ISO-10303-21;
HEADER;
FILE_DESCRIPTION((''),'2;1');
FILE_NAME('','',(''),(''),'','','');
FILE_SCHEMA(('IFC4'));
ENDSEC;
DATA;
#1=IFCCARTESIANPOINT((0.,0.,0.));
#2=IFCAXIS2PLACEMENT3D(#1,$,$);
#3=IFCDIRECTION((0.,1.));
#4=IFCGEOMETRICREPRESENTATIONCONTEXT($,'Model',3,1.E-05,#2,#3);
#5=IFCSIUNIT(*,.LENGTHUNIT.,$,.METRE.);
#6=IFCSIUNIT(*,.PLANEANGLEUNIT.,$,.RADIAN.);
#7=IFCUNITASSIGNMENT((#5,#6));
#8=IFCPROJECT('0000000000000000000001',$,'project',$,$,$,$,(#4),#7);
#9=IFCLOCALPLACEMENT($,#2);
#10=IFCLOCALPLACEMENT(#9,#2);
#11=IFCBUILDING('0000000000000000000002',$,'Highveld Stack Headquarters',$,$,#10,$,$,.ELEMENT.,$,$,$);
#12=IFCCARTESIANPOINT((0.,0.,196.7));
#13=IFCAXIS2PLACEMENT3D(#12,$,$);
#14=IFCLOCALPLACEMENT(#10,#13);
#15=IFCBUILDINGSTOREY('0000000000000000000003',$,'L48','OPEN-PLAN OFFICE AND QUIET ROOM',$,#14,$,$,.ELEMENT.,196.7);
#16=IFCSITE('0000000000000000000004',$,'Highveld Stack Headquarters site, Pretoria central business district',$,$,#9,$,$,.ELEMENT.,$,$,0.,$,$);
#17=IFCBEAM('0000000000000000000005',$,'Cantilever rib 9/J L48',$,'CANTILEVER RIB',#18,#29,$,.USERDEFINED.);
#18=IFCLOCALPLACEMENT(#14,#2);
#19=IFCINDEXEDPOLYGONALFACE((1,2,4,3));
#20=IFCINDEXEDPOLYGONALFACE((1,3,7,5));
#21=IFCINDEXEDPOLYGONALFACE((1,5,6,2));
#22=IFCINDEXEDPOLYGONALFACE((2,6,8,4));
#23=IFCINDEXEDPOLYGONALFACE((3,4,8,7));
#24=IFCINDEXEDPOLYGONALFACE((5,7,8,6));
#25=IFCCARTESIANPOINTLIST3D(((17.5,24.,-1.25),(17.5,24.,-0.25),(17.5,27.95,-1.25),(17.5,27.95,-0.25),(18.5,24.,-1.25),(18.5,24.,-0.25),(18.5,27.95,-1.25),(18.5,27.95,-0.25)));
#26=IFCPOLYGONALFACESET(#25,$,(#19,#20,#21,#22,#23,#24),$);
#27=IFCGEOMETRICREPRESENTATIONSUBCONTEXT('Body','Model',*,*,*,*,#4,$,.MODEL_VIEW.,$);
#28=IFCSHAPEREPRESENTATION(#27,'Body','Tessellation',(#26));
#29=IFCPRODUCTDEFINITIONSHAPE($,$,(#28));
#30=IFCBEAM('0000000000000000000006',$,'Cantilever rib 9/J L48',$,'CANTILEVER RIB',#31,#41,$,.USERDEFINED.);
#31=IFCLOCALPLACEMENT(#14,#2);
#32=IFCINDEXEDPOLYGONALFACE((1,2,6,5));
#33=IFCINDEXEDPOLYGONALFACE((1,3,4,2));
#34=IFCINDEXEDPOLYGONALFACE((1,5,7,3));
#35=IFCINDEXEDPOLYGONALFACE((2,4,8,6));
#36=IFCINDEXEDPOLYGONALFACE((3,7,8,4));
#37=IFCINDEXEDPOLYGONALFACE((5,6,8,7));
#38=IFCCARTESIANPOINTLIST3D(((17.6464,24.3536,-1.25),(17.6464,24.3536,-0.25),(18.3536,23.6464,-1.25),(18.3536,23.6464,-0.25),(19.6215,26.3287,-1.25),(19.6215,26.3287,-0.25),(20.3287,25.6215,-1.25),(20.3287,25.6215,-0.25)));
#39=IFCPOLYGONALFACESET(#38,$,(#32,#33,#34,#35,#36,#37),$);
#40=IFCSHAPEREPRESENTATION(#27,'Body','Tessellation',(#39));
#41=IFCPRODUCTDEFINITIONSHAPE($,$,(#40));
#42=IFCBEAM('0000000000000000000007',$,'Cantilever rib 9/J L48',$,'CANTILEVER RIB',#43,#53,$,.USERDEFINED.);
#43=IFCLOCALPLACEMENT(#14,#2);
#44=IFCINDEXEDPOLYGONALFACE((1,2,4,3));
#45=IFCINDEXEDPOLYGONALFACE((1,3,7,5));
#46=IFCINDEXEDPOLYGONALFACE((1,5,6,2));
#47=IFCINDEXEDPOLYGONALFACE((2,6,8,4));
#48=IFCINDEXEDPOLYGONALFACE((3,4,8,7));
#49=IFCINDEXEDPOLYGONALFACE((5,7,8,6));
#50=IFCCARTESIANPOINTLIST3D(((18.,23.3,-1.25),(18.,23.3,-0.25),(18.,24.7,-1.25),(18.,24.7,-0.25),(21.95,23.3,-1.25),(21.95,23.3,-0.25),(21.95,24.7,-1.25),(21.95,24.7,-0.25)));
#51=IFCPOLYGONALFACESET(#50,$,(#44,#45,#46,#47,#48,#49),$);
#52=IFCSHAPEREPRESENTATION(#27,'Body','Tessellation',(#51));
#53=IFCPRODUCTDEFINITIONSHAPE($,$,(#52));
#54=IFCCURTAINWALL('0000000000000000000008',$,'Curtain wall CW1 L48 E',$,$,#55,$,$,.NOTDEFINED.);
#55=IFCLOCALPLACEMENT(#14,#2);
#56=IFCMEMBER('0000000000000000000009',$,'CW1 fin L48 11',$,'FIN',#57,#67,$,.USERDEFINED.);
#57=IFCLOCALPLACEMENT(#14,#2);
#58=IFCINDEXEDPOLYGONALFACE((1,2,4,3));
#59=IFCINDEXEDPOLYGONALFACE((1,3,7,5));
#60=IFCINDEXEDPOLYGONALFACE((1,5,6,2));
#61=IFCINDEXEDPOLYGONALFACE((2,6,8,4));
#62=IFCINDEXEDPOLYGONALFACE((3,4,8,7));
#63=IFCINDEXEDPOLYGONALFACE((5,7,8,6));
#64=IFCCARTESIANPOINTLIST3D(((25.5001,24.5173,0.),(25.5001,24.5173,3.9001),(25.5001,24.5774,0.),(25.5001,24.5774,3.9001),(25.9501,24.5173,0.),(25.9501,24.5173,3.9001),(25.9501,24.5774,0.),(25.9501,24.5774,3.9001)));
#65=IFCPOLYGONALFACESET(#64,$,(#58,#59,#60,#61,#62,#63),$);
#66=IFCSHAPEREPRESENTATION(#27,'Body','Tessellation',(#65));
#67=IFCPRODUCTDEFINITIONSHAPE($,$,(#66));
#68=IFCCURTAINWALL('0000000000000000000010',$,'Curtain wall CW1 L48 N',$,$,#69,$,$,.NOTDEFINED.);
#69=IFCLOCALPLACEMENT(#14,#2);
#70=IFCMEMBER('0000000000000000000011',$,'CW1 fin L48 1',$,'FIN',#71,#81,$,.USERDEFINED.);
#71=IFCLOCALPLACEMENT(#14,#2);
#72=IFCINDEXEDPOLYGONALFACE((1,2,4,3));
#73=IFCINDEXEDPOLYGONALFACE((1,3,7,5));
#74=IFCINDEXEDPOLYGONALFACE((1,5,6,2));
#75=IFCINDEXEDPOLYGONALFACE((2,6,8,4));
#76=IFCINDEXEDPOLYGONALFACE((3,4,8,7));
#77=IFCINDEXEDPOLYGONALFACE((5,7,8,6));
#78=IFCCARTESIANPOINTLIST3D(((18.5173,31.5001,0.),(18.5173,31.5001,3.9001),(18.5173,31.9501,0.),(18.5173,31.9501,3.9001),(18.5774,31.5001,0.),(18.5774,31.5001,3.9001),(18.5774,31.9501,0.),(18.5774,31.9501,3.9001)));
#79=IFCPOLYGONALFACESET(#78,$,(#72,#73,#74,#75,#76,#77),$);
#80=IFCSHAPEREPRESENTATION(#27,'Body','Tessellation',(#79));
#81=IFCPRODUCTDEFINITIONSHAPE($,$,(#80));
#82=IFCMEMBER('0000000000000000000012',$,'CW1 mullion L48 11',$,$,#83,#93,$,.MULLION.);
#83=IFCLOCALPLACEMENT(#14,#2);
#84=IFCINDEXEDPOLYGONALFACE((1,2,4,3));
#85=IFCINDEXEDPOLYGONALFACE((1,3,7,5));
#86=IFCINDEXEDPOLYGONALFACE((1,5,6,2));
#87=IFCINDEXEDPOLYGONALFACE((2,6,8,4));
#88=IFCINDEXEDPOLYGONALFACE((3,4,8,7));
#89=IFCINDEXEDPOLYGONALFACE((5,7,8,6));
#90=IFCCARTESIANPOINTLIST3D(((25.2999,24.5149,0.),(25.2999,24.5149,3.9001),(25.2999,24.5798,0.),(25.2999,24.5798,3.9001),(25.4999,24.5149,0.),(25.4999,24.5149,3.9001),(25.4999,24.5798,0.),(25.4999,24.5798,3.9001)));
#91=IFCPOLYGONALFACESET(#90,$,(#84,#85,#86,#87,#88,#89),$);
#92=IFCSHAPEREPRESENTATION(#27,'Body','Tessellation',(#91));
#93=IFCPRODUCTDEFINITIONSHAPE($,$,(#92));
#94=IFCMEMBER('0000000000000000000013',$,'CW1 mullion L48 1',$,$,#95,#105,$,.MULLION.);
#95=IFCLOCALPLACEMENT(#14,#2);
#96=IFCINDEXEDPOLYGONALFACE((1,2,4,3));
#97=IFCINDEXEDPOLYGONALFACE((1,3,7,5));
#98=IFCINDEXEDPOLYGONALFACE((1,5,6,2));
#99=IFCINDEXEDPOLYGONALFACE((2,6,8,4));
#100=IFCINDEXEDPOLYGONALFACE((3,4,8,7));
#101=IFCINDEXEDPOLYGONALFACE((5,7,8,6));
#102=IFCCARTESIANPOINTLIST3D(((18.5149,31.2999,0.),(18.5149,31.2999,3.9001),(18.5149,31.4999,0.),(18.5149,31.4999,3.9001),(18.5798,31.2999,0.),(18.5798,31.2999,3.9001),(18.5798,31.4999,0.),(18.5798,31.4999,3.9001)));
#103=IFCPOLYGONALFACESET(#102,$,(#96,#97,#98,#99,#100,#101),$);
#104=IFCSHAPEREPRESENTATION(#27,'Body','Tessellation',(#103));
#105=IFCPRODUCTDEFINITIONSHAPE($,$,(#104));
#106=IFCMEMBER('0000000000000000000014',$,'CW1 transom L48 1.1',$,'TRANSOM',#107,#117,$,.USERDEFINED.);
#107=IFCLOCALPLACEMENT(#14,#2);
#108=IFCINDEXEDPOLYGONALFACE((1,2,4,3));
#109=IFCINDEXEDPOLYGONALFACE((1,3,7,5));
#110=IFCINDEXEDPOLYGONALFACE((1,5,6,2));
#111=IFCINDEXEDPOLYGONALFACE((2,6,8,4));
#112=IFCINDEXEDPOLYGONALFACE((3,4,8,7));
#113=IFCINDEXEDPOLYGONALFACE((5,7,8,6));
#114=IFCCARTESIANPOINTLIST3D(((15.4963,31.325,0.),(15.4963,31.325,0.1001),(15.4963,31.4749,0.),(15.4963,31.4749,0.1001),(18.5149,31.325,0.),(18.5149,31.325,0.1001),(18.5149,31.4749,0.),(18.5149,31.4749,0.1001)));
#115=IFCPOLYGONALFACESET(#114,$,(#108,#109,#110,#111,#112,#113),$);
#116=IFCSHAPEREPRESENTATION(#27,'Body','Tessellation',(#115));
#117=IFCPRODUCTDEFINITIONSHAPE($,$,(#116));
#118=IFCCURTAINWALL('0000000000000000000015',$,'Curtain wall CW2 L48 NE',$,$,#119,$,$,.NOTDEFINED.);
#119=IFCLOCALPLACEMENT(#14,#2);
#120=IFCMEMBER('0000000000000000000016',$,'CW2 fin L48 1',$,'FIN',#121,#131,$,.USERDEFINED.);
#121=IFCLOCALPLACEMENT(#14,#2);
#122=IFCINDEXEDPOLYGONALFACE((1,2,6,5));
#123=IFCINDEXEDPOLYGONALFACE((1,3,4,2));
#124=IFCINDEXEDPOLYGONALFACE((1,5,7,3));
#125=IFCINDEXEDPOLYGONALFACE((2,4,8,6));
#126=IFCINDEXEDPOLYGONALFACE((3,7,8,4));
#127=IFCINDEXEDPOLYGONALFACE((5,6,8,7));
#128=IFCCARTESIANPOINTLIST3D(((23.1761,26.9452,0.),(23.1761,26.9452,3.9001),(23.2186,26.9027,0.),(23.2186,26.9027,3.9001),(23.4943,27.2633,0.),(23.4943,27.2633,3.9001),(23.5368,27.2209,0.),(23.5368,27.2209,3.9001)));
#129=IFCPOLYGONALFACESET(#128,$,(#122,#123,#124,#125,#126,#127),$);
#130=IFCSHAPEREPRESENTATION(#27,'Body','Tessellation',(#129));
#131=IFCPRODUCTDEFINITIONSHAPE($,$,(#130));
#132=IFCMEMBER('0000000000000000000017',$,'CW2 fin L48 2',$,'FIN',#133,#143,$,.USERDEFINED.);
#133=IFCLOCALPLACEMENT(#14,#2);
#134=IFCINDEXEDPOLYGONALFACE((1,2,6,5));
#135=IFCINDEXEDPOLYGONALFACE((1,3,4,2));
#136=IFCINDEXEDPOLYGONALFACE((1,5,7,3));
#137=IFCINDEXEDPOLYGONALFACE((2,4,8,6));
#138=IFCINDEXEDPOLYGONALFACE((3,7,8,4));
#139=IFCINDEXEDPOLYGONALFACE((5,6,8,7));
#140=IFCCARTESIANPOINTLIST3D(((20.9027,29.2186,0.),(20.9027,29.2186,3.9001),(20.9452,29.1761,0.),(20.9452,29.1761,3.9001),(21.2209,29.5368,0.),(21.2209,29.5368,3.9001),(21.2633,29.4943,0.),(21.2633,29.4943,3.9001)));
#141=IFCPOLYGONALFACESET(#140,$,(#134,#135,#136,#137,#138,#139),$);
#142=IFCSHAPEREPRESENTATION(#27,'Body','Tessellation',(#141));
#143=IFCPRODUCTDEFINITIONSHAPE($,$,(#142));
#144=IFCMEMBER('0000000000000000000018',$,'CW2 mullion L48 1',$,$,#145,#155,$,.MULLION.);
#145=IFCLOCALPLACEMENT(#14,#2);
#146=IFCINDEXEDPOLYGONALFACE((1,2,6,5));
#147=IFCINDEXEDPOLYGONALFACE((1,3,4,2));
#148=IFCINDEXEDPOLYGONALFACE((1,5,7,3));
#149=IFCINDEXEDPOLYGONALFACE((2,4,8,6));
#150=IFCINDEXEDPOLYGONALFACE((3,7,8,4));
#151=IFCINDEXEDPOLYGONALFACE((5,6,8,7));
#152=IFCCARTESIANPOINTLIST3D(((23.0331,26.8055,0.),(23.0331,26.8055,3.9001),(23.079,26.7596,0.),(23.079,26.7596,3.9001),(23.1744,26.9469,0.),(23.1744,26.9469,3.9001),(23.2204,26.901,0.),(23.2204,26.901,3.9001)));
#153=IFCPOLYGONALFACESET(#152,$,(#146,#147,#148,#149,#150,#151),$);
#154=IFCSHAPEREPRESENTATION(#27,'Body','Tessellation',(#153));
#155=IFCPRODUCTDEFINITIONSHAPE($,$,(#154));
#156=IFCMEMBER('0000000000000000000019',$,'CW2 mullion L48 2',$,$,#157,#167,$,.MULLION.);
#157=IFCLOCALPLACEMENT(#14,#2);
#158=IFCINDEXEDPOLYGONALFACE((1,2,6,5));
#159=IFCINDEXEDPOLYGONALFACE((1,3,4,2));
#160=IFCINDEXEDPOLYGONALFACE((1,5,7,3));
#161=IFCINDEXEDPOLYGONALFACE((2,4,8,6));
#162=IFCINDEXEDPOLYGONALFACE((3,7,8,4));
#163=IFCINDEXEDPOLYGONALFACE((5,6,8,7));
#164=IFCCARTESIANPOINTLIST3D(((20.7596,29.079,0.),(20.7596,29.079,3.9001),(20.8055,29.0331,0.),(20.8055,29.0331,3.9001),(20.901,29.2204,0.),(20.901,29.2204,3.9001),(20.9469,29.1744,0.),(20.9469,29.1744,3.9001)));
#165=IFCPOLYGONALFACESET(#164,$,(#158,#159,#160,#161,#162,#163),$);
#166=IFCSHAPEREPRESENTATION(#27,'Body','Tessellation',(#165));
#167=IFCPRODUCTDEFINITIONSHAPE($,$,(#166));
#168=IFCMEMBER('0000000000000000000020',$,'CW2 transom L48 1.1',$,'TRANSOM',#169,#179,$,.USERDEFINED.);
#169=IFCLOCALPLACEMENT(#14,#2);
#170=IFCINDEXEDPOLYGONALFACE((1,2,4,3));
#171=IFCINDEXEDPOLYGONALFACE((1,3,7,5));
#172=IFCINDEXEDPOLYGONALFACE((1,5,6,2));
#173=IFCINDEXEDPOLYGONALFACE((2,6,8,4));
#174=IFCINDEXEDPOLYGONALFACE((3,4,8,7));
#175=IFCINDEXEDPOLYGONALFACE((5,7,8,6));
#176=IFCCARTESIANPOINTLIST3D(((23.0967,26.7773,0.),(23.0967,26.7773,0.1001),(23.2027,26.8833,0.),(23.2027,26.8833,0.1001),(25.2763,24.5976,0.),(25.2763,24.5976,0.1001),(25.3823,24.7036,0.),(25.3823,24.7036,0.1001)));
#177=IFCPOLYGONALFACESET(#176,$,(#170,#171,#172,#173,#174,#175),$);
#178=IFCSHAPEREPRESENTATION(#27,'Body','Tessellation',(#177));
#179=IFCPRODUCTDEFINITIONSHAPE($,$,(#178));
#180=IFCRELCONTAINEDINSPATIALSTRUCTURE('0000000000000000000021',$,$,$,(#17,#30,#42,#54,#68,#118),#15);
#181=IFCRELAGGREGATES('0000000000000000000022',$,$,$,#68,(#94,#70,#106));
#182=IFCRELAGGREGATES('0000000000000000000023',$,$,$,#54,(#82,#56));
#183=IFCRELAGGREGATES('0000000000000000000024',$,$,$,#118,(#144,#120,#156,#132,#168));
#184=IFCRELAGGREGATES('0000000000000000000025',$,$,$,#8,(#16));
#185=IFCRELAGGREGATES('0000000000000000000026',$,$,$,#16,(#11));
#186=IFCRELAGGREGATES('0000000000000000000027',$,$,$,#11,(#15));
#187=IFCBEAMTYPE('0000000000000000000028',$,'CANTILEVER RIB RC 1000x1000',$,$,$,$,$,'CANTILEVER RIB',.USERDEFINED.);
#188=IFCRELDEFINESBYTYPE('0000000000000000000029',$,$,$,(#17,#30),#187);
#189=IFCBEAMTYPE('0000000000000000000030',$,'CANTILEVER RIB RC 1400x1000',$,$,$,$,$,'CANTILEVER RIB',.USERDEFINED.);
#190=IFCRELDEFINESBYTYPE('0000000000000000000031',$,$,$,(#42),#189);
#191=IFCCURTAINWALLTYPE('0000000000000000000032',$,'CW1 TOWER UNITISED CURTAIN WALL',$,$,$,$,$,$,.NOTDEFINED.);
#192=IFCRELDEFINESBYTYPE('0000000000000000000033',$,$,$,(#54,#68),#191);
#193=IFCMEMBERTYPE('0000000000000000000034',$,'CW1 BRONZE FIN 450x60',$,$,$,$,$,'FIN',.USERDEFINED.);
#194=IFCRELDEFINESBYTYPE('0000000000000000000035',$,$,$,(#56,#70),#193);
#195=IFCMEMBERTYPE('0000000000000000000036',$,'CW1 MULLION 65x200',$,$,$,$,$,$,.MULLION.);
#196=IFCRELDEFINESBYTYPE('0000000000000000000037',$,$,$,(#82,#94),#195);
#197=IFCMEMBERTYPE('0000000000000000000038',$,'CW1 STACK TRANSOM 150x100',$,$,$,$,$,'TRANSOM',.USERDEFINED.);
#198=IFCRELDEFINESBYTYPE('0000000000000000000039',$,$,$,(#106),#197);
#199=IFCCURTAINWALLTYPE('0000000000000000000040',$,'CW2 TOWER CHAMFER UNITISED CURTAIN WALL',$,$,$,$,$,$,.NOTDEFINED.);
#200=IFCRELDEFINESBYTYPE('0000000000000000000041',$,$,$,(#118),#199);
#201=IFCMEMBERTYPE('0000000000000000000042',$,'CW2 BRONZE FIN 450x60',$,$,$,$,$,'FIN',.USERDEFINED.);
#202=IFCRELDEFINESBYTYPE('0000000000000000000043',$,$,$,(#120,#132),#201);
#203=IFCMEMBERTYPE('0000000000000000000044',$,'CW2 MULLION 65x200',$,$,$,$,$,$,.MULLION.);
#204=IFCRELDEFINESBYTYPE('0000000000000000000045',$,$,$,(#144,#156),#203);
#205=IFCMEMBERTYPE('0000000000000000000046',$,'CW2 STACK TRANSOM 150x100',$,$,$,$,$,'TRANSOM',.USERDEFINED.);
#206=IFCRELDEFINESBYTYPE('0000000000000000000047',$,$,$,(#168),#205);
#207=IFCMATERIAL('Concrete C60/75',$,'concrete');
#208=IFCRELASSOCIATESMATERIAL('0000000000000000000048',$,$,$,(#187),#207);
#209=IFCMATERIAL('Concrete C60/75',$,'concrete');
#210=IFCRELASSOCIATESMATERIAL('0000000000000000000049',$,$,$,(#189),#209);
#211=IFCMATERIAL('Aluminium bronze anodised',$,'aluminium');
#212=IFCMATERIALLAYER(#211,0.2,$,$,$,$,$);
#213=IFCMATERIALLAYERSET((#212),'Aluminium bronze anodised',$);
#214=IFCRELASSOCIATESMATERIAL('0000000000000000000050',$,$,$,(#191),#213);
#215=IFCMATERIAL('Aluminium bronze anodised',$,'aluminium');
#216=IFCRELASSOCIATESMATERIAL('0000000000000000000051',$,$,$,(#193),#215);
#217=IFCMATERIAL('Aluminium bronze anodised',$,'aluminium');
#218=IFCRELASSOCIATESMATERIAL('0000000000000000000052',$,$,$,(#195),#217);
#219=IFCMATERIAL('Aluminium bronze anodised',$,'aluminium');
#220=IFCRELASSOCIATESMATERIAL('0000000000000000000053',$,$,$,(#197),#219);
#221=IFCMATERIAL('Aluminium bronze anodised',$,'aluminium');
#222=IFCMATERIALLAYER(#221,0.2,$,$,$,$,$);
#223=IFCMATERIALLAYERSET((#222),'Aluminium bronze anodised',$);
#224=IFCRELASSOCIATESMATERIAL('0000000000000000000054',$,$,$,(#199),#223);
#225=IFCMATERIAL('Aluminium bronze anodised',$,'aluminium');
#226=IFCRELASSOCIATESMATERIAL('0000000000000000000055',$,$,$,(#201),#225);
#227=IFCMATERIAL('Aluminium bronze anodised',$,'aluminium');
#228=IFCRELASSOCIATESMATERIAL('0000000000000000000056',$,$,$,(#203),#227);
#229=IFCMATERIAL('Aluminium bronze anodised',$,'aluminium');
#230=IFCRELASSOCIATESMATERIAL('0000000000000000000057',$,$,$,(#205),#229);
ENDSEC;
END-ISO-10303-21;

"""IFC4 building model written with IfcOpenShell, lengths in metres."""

from ifc_helpers import new_model, si_unit, direction, frame, origin, origin_2d, place, context, subcontext, project, spatial, rectangle, extrude, material, layer, layer_set, material_profile, profile_set, type_object, element, aggregate, save


model = new_model("IFC4")

# Units and contexts
model_context = context("Model", 3, precision=1e-05, world=origin(), true_north=direction((0.0, 1.0)))
body_context = subcontext(model_context, "Body", "Model", "MODEL_VIEW")
ifc_project = project(units=[si_unit("LENGTHUNIT", "METRE"), si_unit("PLANEANGLEUNIT", "RADIAN")], contexts=[model_context])

# Site, building, storey
site_placement = place(None, origin())
site = spatial("IfcSite", under=ifc_project, at=site_placement, Name="Highveld Stack Headquarters site, Pretoria central business district", CompositionType="ELEMENT", RefElevation=0.0)
building_placement = place(site_placement, origin())
building = spatial("IfcBuilding", under=site, at=building_placement, Name="Highveld Stack Headquarters", CompositionType="ELEMENT")
storey_placement = place(building_placement, frame((0.0, 0.0, 196.7)))
storey = spatial("IfcBuildingStorey", under=building, at=storey_placement, Name="L48", Description="OPEN-PLAN OFFICE AND QUIET ROOM", CompositionType="ELEMENT", Elevation=196.7)

# Beams
ifc_material_1 = material(Name="Concrete C60/75", Category="concrete")
ifc_material_profile_1 = material_profile(ifc_material_1, rectangle(XDim=1.0, YDim=1.0, at=origin_2d()), Name="RC 1000x1000")
ifc_profile_set_1 = profile_set([ifc_material_profile_1], Name="Concrete C60/75")
beam_type_1 = type_object("IfcBeamType", Name="CANTILEVER RIB RC 1000x1000", ElementType="CANTILEVER RIB", PredefinedType="USERDEFINED", material=ifc_profile_set_1)
beam_1_placement = place(storey_placement, frame((18.0, 24.0, -0.75), z_axis=(0.0, 1.0, 0.0), x_axis=(-1.0, 0.0, 0.0)))
element("IfcBeam", 1, at=beam_1_placement, inside=storey, type_object=beam_type_1, Name="Cantilever rib 9/J L48", ObjectType="CANTILEVER RIB", PredefinedType="USERDEFINED", context=body_context, shape_type="SweptSolid", body=[
    extrude(rectangle(XDim=1.0, YDim=1.0, at=origin_2d()), origin(), (0.0, 0.0, 1.0), 3.95),
])
beam_2_placement = place(storey_placement, frame((18.0, 24.0, -0.75), z_axis=(0.707107, 0.707107, 0.0), x_axis=(-0.707107, 0.707107, 0.0)))
element("IfcBeam", 2, at=beam_2_placement, inside=storey, type_object=beam_type_1, Name="Cantilever rib 9/J L48", ObjectType="CANTILEVER RIB", PredefinedType="USERDEFINED", context=body_context, shape_type="SweptSolid", body=[
    extrude(rectangle(XDim=1.0, YDim=1.0, at=origin_2d()), origin(), (0.0, 0.0, 1.0), 2.7932),
])
ifc_material_2 = material(Name="Concrete C60/75", Category="concrete")
ifc_material_profile_2 = material_profile(ifc_material_2, rectangle(XDim=1.3999, YDim=1.0, at=origin_2d()), Name="RC 1400x1000")
ifc_profile_set_2 = profile_set([ifc_material_profile_2], Name="Concrete C60/75")
beam_type_2 = type_object("IfcBeamType", Name="CANTILEVER RIB RC 1400x1000", ElementType="CANTILEVER RIB", PredefinedType="USERDEFINED", material=ifc_profile_set_2)
beam_3_placement = place(storey_placement, frame((18.0, 24.0, -0.75), z_axis=(1.0, 0.0, 0.0), x_axis=(0.0, 1.0, 0.0)))
element("IfcBeam", 3, at=beam_3_placement, inside=storey, type_object=beam_type_2, Name="Cantilever rib 9/J L48", ObjectType="CANTILEVER RIB", PredefinedType="USERDEFINED", context=body_context, shape_type="SweptSolid", body=[
    extrude(rectangle(XDim=1.3999, YDim=1.0, at=origin_2d()), origin(), (0.0, 0.0, 1.0), 3.95),
])

# Curtain walls, members
ifc_material_3 = material(Name="Aluminium bronze anodised", Category="aluminium")
ifc_layer_1 = layer(ifc_material_3, 0.2)
ifc_layer_set_1 = layer_set([ifc_layer_1], Name="Aluminium bronze anodised")
curtain_wall_type_1 = type_object("IfcCurtainWallType", Name="CW1 TOWER UNITISED CURTAIN WALL", PredefinedType="NOTDEFINED", material=ifc_layer_set_1)
curtain_wall_1_placement = place(storey_placement, origin())
curtain_wall_1 = element("IfcCurtainWall", 4, at=curtain_wall_1_placement, inside=storey, type_object=curtain_wall_type_1, Name="Curtain wall CW1 L48 E", PredefinedType="NOTDEFINED")
ifc_material_4 = material(Name="Aluminium bronze anodised", Category="aluminium")
ifc_material_profile_3 = material_profile(ifc_material_4, rectangle(XDim=0.45, YDim=0.0601, at=origin_2d()), Name="FIN 450x60")
ifc_profile_set_3 = profile_set([ifc_material_profile_3], Name="Aluminium bronze anodised")
member_type_1 = type_object("IfcMemberType", Name="CW1 BRONZE FIN 450x60", ElementType="FIN", PredefinedType="USERDEFINED", material=ifc_profile_set_3)
member_1_placement = place(storey_placement, frame((25.7251, 24.5474, 0.0), z_axis=(0.0, 0.0, 1.0), x_axis=(-1.0, 0.0, 0.0)))
member_1 = element("IfcMember", 5, at=member_1_placement, type_object=member_type_1, Name="CW1 fin L48 11", ObjectType="FIN", PredefinedType="USERDEFINED", context=body_context, shape_type="SweptSolid", body=[
    extrude(rectangle(XDim=0.45, YDim=0.0601, at=origin_2d()), origin(), (0.0, 0.0, 1.0), 3.9001),
])
curtain_wall_2_placement = place(storey_placement, origin())
curtain_wall_2 = element("IfcCurtainWall", 6, at=curtain_wall_2_placement, inside=storey, type_object=curtain_wall_type_1, Name="Curtain wall CW1 L48 N", PredefinedType="NOTDEFINED")
member_2_placement = place(storey_placement, frame((18.5474, 31.7251, 0.0), z_axis=(0.0, 0.0, 1.0), x_axis=(0.0, -1.0, 0.0)))
member_2 = element("IfcMember", 7, at=member_2_placement, type_object=member_type_1, Name="CW1 fin L48 1", ObjectType="FIN", PredefinedType="USERDEFINED", context=body_context, shape_type="SweptSolid", body=[
    extrude(rectangle(XDim=0.45, YDim=0.0601, at=origin_2d()), origin(), (0.0, 0.0, 1.0), 3.9001),
])

# Members
ifc_material_5 = material(Name="Aluminium bronze anodised", Category="aluminium")
ifc_material_profile_4 = material_profile(ifc_material_5, rectangle(XDim=0.2, YDim=0.0649, at=origin_2d()), Name="CW1 MULLION 65x200")
ifc_profile_set_4 = profile_set([ifc_material_profile_4], Name="Aluminium bronze anodised")
member_type_2 = type_object("IfcMemberType", Name="CW1 MULLION 65x200", PredefinedType="MULLION", material=ifc_profile_set_4)
member_3_placement = place(storey_placement, frame((25.3999, 24.5474, 0.0), z_axis=(0.0, 0.0, 1.0), x_axis=(-1.0, 0.0, 0.0)))
member_3 = element("IfcMember", 8, at=member_3_placement, type_object=member_type_2, Name="CW1 mullion L48 11", PredefinedType="MULLION", context=body_context, shape_type="SweptSolid", body=[
    extrude(rectangle(XDim=0.2, YDim=0.0649, at=origin_2d()), origin(), (0.0, 0.0, 1.0), 3.9001),
])
member_4_placement = place(storey_placement, frame((18.5474, 31.3999, 0.0), z_axis=(0.0, 0.0, 1.0), x_axis=(0.0, -1.0, 0.0)))
member_4 = element("IfcMember", 9, at=member_4_placement, type_object=member_type_2, Name="CW1 mullion L48 1", PredefinedType="MULLION", context=body_context, shape_type="SweptSolid", body=[
    extrude(rectangle(XDim=0.2, YDim=0.0649, at=origin_2d()), origin(), (0.0, 0.0, 1.0), 3.9001),
])
ifc_material_6 = material(Name="Aluminium bronze anodised", Category="aluminium")
ifc_material_profile_5 = material_profile(ifc_material_6, rectangle(XDim=0.1499, YDim=0.1001, at=origin_2d()), Name="CW1 TRANSOM 150x100")
ifc_profile_set_5 = profile_set([ifc_material_profile_5], Name="Aluminium bronze anodised")
member_type_3 = type_object("IfcMemberType", Name="CW1 STACK TRANSOM 150x100", ElementType="TRANSOM", PredefinedType="USERDEFINED", material=ifc_profile_set_5)
member_5_placement = place(storey_placement, frame((18.5149, 31.3999, 0.05), z_axis=(-1.0, 0.0, 0.0), x_axis=(0.0, -1.0, 0.0)))
member_5 = element("IfcMember", 10, at=member_5_placement, type_object=member_type_3, Name="CW1 transom L48 1.1", ObjectType="TRANSOM", PredefinedType="USERDEFINED", context=body_context, shape_type="SweptSolid", body=[
    extrude(rectangle(XDim=0.1499, YDim=0.1001, at=origin_2d()), origin(), (0.0, 0.0, 1.0), 3.0186),
])
aggregate(curtain_wall_2, [member_4, member_2, member_5])

# Curtain wall, members
ifc_material_7 = material(Name="Aluminium bronze anodised", Category="aluminium")
ifc_layer_2 = layer(ifc_material_7, 0.2)
ifc_layer_set_2 = layer_set([ifc_layer_2], Name="Aluminium bronze anodised")
curtain_wall_type_2 = type_object("IfcCurtainWallType", Name="CW2 TOWER CHAMFER UNITISED CURTAIN WALL", PredefinedType="NOTDEFINED", material=ifc_layer_set_2)
curtain_wall_3_placement = place(storey_placement, origin())
curtain_wall_3 = element("IfcCurtainWall", 11, at=curtain_wall_3_placement, inside=storey, type_object=curtain_wall_type_2, Name="Curtain wall CW2 L48 NE", PredefinedType="NOTDEFINED")
ifc_material_8 = material(Name="Aluminium bronze anodised", Category="aluminium")
ifc_material_profile_6 = material_profile(ifc_material_8, rectangle(XDim=0.45, YDim=0.0601, at=origin_2d()), Name="FIN 450x60")
ifc_profile_set_6 = profile_set([ifc_material_profile_6], Name="Aluminium bronze anodised")
member_type_4 = type_object("IfcMemberType", Name="CW2 BRONZE FIN 450x60", ElementType="FIN", PredefinedType="USERDEFINED", material=ifc_profile_set_6)
member_6_placement = place(storey_placement, frame((23.3564, 27.083, 0.0), z_axis=(0.0, 0.0, 1.0), x_axis=(-0.707107, -0.707107, 0.0)))
member_6 = element("IfcMember", 12, at=member_6_placement, type_object=member_type_4, Name="CW2 fin L48 1", ObjectType="FIN", PredefinedType="USERDEFINED", context=body_context, shape_type="SweptSolid", body=[
    extrude(rectangle(XDim=0.45, YDim=0.0601, at=origin_2d()), origin(), (0.0, 0.0, 1.0), 3.9001),
])
member_7_placement = place(storey_placement, frame((21.083, 29.3564, 0.0), z_axis=(0.0, 0.0, 1.0), x_axis=(-0.707107, -0.707107, 0.0)))
member_7 = element("IfcMember", 13, at=member_7_placement, type_object=member_type_4, Name="CW2 fin L48 2", ObjectType="FIN", PredefinedType="USERDEFINED", context=body_context, shape_type="SweptSolid", body=[
    extrude(rectangle(XDim=0.45, YDim=0.0601, at=origin_2d()), origin(), (0.0, 0.0, 1.0), 3.9001),
])
ifc_material_9 = material(Name="Aluminium bronze anodised", Category="aluminium")
ifc_material_profile_7 = material_profile(ifc_material_9, rectangle(XDim=0.2, YDim=0.0649, at=origin_2d()), Name="CW2 MULLION 65x200")
ifc_profile_set_7 = profile_set([ifc_material_profile_7], Name="Aluminium bronze anodised")
member_type_5 = type_object("IfcMemberType", Name="CW2 MULLION 65x200", PredefinedType="MULLION", material=ifc_profile_set_7)
member_8_placement = place(storey_placement, frame((23.1267, 26.8533, 0.0), z_axis=(0.0, 0.0, 1.0), x_axis=(-0.707107, -0.707107, 0.0)))
member_8 = element("IfcMember", 14, at=member_8_placement, type_object=member_type_5, Name="CW2 mullion L48 1", PredefinedType="MULLION", context=body_context, shape_type="SweptSolid", body=[
    extrude(rectangle(XDim=0.2, YDim=0.0649, at=origin_2d()), origin(), (0.0, 0.0, 1.0), 3.9001),
])
member_9_placement = place(storey_placement, frame((20.8533, 29.1267, 0.0), z_axis=(0.0, 0.0, 1.0), x_axis=(-0.707107, -0.707107, 0.0)))
member_9 = element("IfcMember", 15, at=member_9_placement, type_object=member_type_5, Name="CW2 mullion L48 2", PredefinedType="MULLION", context=body_context, shape_type="SweptSolid", body=[
    extrude(rectangle(XDim=0.2, YDim=0.0649, at=origin_2d()), origin(), (0.0, 0.0, 1.0), 3.9001),
])
ifc_material_10 = material(Name="Aluminium bronze anodised", Category="aluminium")
ifc_material_profile_8 = material_profile(ifc_material_10, rectangle(XDim=0.1499, YDim=0.1001, at=origin_2d()), Name="CW2 TRANSOM 150x100")
ifc_profile_set_8 = profile_set([ifc_material_profile_8], Name="Aluminium bronze anodised")
member_type_6 = type_object("IfcMemberType", Name="CW2 STACK TRANSOM 150x100", ElementType="TRANSOM", PredefinedType="USERDEFINED", material=ifc_profile_set_8)
member_10_placement = place(storey_placement, frame((25.3293, 24.6506, 0.05), z_axis=(-0.707107, 0.707107, 0.0), x_axis=(-0.707107, -0.707107, 0.0)))
member_10 = element("IfcMember", 16, at=member_10_placement, type_object=member_type_6, Name="CW2 transom L48 1.1", ObjectType="TRANSOM", PredefinedType="USERDEFINED", context=body_context, shape_type="SweptSolid", body=[
    extrude(rectangle(XDim=0.1499, YDim=0.1001, at=origin_2d()), origin(), (0.0, 0.0, 1.0), 3.0825),
])

aggregate(curtain_wall_1, [member_3, member_1])
aggregate(curtain_wall_3, [member_8, member_6, member_9, member_7, member_10])

save(model, "model.ifc")
